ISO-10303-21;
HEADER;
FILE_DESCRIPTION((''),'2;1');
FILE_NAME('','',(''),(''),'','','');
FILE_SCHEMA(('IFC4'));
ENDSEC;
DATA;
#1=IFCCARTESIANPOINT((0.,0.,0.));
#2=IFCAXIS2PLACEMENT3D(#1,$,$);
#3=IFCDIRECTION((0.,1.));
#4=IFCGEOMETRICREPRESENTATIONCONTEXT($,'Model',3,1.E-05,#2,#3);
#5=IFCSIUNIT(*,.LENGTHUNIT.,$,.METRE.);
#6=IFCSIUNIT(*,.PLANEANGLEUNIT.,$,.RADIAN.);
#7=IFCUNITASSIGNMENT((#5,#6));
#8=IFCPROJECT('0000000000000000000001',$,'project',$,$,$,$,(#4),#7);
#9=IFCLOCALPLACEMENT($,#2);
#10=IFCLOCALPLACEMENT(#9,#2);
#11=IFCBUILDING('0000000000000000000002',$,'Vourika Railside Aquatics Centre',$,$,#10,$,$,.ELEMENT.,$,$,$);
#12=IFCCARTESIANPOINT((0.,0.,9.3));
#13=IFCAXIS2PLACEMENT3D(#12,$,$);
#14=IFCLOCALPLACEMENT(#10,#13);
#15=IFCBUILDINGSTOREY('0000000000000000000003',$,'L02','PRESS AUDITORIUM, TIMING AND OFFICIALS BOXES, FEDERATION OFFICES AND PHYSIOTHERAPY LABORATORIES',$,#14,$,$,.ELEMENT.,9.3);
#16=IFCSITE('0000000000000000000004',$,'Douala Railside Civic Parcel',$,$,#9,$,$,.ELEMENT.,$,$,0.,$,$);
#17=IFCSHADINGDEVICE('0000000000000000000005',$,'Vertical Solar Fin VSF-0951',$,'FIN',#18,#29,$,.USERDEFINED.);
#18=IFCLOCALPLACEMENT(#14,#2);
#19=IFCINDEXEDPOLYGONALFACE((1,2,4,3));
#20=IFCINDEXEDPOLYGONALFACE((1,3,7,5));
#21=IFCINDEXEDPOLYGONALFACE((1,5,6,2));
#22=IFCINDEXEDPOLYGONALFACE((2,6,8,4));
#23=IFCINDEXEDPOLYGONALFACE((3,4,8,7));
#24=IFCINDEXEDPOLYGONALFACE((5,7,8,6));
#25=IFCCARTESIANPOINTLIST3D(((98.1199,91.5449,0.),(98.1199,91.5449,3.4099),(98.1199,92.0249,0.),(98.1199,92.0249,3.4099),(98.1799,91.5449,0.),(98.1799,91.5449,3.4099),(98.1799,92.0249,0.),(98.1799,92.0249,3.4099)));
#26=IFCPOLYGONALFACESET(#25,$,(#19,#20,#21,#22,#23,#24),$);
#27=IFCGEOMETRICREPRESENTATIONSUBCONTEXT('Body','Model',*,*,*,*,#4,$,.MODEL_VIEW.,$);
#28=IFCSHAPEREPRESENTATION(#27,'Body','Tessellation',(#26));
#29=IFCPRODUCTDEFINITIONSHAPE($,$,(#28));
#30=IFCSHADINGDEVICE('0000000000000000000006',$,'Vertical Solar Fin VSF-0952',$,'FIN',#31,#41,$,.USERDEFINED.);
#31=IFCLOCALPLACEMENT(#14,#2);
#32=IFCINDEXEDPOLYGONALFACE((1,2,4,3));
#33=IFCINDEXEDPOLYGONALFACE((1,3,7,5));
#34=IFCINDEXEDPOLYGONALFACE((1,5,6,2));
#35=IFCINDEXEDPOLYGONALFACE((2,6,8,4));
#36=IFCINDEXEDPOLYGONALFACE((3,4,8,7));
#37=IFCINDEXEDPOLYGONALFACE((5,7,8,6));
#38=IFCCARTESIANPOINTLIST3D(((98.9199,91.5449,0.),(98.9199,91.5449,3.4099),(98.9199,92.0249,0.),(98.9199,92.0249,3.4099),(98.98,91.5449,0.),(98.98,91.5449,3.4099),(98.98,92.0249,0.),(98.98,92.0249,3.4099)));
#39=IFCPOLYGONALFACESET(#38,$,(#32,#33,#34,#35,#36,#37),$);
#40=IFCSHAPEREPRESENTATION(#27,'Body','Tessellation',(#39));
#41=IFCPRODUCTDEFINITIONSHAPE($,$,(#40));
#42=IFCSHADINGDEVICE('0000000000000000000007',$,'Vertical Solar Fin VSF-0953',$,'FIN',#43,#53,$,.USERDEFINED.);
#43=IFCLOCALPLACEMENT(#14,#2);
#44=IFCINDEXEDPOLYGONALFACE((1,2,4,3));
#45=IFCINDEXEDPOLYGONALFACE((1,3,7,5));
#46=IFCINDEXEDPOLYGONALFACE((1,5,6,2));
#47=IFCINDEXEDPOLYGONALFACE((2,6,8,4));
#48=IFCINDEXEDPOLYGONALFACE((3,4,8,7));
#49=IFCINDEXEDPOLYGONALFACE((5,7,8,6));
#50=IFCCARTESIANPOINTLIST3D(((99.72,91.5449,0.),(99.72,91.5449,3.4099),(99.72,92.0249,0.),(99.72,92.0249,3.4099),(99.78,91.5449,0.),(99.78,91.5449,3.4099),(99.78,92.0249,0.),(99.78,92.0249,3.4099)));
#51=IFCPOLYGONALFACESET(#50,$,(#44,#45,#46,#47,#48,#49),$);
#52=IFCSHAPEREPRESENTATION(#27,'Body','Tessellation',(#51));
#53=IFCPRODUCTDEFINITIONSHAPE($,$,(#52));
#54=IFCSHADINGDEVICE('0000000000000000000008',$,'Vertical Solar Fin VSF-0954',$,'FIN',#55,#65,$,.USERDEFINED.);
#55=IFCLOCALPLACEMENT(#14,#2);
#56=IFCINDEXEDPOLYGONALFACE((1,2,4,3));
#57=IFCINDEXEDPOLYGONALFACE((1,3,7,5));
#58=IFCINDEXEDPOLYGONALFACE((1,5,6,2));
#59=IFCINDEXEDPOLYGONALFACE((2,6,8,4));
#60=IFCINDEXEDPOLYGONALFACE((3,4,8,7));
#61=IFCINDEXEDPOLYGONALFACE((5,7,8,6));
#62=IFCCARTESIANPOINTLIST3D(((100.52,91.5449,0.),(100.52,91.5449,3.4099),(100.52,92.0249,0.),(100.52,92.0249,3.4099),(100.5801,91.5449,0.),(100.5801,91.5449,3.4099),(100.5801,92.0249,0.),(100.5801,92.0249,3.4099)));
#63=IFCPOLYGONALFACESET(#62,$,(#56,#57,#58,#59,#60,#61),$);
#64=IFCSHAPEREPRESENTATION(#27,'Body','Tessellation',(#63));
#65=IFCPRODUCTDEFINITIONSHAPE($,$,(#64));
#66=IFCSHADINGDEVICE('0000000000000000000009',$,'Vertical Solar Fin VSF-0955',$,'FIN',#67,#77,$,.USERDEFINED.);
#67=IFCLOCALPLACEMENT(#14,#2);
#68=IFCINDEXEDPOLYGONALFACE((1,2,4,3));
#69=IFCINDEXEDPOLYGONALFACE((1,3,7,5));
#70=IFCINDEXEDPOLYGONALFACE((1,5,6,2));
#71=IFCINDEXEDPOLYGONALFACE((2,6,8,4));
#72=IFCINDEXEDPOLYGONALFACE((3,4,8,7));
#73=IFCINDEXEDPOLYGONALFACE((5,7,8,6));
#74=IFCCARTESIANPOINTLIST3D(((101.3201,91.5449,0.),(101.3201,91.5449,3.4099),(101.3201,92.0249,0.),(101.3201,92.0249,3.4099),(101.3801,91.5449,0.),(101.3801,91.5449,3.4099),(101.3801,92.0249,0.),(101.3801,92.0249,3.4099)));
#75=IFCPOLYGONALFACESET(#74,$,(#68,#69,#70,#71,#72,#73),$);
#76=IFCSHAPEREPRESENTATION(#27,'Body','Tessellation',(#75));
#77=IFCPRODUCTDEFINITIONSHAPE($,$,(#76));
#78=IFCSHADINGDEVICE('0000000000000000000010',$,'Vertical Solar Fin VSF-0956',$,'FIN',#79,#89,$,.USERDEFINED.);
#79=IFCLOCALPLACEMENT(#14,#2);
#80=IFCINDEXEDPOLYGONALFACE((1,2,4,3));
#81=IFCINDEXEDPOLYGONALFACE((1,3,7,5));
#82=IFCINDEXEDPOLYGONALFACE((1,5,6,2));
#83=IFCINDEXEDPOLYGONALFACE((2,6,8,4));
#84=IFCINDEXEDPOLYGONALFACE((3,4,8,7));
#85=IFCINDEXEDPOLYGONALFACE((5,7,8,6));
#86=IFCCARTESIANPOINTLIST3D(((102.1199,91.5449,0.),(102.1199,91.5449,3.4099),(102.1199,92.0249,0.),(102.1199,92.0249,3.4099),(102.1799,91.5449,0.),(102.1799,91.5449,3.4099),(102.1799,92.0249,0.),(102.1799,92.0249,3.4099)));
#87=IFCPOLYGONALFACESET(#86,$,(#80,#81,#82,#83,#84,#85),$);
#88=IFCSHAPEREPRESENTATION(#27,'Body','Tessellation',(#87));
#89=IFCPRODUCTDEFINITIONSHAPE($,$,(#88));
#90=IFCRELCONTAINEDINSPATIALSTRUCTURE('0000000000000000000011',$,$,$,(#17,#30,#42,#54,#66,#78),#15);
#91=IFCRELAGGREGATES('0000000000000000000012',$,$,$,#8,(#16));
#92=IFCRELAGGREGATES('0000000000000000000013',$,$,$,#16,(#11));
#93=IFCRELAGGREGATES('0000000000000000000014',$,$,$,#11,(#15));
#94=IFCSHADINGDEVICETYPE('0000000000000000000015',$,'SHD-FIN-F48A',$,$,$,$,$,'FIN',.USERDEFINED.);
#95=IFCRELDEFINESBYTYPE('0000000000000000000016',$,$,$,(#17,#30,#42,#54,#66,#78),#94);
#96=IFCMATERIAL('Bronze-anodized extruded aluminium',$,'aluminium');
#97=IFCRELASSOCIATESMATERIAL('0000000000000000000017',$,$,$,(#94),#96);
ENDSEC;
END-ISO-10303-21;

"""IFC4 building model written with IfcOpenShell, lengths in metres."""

from ifc_helpers import new_model, si_unit, direction, frame, origin, origin_2d, place, context, subcontext, project, spatial, rectangle, extrude, material, material_profile, profile_set, type_object, element, save


model = new_model("IFC4")

# Units and contexts
model_context = context("Model", 3, precision=1e-05, world=origin(), true_north=direction((0.0, 1.0)))
body_context = subcontext(model_context, "Body", "Model", "MODEL_VIEW")
ifc_project = project(units=[si_unit("LENGTHUNIT", "METRE"), si_unit("PLANEANGLEUNIT", "RADIAN")], contexts=[model_context])

# Site, building, storey
site_placement = place(None, origin())
site = spatial("IfcSite", under=ifc_project, at=site_placement, Name="Douala Railside Civic Parcel", CompositionType="ELEMENT", RefElevation=0.0)
building_placement = place(site_placement, origin())
building = spatial("IfcBuilding", under=site, at=building_placement, Name="Vourika Railside Aquatics Centre", CompositionType="ELEMENT")
storey_placement = place(building_placement, frame((0.0, 0.0, 9.3)))
storey = spatial("IfcBuildingStorey", under=building, at=storey_placement, Name="L02", Description="PRESS AUDITORIUM, TIMING AND OFFICIALS BOXES, FEDERATION OFFICES AND PHYSIOTHERAPY LABORATORIES", CompositionType="ELEMENT", Elevation=9.3)

# Shading devices
ifc_material_1 = material(Name="Bronze-anodized extruded aluminium", Category="aluminium")
ifc_material_profile_1 = material_profile(ifc_material_1, rectangle(XDim=0.0601, YDim=0.48, at=origin_2d()), Name="ALU-FIN 60x480")
ifc_profile_set_1 = profile_set([ifc_material_profile_1], Name="Bronze-anodized extruded aluminium")
shading_device_type = type_object("IfcShadingDeviceType", Name="SHD-FIN-F48A", ElementType="FIN", PredefinedType="USERDEFINED", material=ifc_profile_set_1)
for number, where, z_axis, x_axis, name in (
    (1, (98.1499, 91.7849, 0.0), (0.0, 0.0, 1.0), (-1.0, 0.0, 0.0), "Vertical Solar Fin VSF-0951"),
    (2, (98.95, 91.7849, 0.0), (0.0, 0.0, 1.0), (-1.0, 0.0, 0.0), "Vertical Solar Fin VSF-0952"),
    (3, (99.75, 91.7849, 0.0), (0.0, 0.0, 1.0), (-1.0, 0.0, 0.0), "Vertical Solar Fin VSF-0953"),
    (4, (100.55, 91.7849, 0.0), (0.0, 0.0, 1.0), (-1.0, 0.0, 0.0), "Vertical Solar Fin VSF-0954"),
    (5, (101.3501, 91.7849, 0.0), (0.0, 0.0, 1.0), (-1.0, 0.0, 0.0), "Vertical Solar Fin VSF-0955"),
    (6, (102.1499, 91.7849, 0.0), (0.0, 0.0, 1.0), (-1.0, 0.0, 0.0), "Vertical Solar Fin VSF-0956"),
):
    element("IfcShadingDevice", number, at=place(storey_placement, frame(where, z_axis=z_axis, x_axis=x_axis)), inside=storey, type_object=shading_device_type, Name=name, ObjectType="FIN", PredefinedType="USERDEFINED", context=body_context, shape_type="SweptSolid", body=[
        extrude(rectangle(XDim=0.0601, YDim=0.48, at=origin_2d()), origin(), (0.0, 0.0, 1.0), 3.4099),
    ])

save(model, "model.ifc")
